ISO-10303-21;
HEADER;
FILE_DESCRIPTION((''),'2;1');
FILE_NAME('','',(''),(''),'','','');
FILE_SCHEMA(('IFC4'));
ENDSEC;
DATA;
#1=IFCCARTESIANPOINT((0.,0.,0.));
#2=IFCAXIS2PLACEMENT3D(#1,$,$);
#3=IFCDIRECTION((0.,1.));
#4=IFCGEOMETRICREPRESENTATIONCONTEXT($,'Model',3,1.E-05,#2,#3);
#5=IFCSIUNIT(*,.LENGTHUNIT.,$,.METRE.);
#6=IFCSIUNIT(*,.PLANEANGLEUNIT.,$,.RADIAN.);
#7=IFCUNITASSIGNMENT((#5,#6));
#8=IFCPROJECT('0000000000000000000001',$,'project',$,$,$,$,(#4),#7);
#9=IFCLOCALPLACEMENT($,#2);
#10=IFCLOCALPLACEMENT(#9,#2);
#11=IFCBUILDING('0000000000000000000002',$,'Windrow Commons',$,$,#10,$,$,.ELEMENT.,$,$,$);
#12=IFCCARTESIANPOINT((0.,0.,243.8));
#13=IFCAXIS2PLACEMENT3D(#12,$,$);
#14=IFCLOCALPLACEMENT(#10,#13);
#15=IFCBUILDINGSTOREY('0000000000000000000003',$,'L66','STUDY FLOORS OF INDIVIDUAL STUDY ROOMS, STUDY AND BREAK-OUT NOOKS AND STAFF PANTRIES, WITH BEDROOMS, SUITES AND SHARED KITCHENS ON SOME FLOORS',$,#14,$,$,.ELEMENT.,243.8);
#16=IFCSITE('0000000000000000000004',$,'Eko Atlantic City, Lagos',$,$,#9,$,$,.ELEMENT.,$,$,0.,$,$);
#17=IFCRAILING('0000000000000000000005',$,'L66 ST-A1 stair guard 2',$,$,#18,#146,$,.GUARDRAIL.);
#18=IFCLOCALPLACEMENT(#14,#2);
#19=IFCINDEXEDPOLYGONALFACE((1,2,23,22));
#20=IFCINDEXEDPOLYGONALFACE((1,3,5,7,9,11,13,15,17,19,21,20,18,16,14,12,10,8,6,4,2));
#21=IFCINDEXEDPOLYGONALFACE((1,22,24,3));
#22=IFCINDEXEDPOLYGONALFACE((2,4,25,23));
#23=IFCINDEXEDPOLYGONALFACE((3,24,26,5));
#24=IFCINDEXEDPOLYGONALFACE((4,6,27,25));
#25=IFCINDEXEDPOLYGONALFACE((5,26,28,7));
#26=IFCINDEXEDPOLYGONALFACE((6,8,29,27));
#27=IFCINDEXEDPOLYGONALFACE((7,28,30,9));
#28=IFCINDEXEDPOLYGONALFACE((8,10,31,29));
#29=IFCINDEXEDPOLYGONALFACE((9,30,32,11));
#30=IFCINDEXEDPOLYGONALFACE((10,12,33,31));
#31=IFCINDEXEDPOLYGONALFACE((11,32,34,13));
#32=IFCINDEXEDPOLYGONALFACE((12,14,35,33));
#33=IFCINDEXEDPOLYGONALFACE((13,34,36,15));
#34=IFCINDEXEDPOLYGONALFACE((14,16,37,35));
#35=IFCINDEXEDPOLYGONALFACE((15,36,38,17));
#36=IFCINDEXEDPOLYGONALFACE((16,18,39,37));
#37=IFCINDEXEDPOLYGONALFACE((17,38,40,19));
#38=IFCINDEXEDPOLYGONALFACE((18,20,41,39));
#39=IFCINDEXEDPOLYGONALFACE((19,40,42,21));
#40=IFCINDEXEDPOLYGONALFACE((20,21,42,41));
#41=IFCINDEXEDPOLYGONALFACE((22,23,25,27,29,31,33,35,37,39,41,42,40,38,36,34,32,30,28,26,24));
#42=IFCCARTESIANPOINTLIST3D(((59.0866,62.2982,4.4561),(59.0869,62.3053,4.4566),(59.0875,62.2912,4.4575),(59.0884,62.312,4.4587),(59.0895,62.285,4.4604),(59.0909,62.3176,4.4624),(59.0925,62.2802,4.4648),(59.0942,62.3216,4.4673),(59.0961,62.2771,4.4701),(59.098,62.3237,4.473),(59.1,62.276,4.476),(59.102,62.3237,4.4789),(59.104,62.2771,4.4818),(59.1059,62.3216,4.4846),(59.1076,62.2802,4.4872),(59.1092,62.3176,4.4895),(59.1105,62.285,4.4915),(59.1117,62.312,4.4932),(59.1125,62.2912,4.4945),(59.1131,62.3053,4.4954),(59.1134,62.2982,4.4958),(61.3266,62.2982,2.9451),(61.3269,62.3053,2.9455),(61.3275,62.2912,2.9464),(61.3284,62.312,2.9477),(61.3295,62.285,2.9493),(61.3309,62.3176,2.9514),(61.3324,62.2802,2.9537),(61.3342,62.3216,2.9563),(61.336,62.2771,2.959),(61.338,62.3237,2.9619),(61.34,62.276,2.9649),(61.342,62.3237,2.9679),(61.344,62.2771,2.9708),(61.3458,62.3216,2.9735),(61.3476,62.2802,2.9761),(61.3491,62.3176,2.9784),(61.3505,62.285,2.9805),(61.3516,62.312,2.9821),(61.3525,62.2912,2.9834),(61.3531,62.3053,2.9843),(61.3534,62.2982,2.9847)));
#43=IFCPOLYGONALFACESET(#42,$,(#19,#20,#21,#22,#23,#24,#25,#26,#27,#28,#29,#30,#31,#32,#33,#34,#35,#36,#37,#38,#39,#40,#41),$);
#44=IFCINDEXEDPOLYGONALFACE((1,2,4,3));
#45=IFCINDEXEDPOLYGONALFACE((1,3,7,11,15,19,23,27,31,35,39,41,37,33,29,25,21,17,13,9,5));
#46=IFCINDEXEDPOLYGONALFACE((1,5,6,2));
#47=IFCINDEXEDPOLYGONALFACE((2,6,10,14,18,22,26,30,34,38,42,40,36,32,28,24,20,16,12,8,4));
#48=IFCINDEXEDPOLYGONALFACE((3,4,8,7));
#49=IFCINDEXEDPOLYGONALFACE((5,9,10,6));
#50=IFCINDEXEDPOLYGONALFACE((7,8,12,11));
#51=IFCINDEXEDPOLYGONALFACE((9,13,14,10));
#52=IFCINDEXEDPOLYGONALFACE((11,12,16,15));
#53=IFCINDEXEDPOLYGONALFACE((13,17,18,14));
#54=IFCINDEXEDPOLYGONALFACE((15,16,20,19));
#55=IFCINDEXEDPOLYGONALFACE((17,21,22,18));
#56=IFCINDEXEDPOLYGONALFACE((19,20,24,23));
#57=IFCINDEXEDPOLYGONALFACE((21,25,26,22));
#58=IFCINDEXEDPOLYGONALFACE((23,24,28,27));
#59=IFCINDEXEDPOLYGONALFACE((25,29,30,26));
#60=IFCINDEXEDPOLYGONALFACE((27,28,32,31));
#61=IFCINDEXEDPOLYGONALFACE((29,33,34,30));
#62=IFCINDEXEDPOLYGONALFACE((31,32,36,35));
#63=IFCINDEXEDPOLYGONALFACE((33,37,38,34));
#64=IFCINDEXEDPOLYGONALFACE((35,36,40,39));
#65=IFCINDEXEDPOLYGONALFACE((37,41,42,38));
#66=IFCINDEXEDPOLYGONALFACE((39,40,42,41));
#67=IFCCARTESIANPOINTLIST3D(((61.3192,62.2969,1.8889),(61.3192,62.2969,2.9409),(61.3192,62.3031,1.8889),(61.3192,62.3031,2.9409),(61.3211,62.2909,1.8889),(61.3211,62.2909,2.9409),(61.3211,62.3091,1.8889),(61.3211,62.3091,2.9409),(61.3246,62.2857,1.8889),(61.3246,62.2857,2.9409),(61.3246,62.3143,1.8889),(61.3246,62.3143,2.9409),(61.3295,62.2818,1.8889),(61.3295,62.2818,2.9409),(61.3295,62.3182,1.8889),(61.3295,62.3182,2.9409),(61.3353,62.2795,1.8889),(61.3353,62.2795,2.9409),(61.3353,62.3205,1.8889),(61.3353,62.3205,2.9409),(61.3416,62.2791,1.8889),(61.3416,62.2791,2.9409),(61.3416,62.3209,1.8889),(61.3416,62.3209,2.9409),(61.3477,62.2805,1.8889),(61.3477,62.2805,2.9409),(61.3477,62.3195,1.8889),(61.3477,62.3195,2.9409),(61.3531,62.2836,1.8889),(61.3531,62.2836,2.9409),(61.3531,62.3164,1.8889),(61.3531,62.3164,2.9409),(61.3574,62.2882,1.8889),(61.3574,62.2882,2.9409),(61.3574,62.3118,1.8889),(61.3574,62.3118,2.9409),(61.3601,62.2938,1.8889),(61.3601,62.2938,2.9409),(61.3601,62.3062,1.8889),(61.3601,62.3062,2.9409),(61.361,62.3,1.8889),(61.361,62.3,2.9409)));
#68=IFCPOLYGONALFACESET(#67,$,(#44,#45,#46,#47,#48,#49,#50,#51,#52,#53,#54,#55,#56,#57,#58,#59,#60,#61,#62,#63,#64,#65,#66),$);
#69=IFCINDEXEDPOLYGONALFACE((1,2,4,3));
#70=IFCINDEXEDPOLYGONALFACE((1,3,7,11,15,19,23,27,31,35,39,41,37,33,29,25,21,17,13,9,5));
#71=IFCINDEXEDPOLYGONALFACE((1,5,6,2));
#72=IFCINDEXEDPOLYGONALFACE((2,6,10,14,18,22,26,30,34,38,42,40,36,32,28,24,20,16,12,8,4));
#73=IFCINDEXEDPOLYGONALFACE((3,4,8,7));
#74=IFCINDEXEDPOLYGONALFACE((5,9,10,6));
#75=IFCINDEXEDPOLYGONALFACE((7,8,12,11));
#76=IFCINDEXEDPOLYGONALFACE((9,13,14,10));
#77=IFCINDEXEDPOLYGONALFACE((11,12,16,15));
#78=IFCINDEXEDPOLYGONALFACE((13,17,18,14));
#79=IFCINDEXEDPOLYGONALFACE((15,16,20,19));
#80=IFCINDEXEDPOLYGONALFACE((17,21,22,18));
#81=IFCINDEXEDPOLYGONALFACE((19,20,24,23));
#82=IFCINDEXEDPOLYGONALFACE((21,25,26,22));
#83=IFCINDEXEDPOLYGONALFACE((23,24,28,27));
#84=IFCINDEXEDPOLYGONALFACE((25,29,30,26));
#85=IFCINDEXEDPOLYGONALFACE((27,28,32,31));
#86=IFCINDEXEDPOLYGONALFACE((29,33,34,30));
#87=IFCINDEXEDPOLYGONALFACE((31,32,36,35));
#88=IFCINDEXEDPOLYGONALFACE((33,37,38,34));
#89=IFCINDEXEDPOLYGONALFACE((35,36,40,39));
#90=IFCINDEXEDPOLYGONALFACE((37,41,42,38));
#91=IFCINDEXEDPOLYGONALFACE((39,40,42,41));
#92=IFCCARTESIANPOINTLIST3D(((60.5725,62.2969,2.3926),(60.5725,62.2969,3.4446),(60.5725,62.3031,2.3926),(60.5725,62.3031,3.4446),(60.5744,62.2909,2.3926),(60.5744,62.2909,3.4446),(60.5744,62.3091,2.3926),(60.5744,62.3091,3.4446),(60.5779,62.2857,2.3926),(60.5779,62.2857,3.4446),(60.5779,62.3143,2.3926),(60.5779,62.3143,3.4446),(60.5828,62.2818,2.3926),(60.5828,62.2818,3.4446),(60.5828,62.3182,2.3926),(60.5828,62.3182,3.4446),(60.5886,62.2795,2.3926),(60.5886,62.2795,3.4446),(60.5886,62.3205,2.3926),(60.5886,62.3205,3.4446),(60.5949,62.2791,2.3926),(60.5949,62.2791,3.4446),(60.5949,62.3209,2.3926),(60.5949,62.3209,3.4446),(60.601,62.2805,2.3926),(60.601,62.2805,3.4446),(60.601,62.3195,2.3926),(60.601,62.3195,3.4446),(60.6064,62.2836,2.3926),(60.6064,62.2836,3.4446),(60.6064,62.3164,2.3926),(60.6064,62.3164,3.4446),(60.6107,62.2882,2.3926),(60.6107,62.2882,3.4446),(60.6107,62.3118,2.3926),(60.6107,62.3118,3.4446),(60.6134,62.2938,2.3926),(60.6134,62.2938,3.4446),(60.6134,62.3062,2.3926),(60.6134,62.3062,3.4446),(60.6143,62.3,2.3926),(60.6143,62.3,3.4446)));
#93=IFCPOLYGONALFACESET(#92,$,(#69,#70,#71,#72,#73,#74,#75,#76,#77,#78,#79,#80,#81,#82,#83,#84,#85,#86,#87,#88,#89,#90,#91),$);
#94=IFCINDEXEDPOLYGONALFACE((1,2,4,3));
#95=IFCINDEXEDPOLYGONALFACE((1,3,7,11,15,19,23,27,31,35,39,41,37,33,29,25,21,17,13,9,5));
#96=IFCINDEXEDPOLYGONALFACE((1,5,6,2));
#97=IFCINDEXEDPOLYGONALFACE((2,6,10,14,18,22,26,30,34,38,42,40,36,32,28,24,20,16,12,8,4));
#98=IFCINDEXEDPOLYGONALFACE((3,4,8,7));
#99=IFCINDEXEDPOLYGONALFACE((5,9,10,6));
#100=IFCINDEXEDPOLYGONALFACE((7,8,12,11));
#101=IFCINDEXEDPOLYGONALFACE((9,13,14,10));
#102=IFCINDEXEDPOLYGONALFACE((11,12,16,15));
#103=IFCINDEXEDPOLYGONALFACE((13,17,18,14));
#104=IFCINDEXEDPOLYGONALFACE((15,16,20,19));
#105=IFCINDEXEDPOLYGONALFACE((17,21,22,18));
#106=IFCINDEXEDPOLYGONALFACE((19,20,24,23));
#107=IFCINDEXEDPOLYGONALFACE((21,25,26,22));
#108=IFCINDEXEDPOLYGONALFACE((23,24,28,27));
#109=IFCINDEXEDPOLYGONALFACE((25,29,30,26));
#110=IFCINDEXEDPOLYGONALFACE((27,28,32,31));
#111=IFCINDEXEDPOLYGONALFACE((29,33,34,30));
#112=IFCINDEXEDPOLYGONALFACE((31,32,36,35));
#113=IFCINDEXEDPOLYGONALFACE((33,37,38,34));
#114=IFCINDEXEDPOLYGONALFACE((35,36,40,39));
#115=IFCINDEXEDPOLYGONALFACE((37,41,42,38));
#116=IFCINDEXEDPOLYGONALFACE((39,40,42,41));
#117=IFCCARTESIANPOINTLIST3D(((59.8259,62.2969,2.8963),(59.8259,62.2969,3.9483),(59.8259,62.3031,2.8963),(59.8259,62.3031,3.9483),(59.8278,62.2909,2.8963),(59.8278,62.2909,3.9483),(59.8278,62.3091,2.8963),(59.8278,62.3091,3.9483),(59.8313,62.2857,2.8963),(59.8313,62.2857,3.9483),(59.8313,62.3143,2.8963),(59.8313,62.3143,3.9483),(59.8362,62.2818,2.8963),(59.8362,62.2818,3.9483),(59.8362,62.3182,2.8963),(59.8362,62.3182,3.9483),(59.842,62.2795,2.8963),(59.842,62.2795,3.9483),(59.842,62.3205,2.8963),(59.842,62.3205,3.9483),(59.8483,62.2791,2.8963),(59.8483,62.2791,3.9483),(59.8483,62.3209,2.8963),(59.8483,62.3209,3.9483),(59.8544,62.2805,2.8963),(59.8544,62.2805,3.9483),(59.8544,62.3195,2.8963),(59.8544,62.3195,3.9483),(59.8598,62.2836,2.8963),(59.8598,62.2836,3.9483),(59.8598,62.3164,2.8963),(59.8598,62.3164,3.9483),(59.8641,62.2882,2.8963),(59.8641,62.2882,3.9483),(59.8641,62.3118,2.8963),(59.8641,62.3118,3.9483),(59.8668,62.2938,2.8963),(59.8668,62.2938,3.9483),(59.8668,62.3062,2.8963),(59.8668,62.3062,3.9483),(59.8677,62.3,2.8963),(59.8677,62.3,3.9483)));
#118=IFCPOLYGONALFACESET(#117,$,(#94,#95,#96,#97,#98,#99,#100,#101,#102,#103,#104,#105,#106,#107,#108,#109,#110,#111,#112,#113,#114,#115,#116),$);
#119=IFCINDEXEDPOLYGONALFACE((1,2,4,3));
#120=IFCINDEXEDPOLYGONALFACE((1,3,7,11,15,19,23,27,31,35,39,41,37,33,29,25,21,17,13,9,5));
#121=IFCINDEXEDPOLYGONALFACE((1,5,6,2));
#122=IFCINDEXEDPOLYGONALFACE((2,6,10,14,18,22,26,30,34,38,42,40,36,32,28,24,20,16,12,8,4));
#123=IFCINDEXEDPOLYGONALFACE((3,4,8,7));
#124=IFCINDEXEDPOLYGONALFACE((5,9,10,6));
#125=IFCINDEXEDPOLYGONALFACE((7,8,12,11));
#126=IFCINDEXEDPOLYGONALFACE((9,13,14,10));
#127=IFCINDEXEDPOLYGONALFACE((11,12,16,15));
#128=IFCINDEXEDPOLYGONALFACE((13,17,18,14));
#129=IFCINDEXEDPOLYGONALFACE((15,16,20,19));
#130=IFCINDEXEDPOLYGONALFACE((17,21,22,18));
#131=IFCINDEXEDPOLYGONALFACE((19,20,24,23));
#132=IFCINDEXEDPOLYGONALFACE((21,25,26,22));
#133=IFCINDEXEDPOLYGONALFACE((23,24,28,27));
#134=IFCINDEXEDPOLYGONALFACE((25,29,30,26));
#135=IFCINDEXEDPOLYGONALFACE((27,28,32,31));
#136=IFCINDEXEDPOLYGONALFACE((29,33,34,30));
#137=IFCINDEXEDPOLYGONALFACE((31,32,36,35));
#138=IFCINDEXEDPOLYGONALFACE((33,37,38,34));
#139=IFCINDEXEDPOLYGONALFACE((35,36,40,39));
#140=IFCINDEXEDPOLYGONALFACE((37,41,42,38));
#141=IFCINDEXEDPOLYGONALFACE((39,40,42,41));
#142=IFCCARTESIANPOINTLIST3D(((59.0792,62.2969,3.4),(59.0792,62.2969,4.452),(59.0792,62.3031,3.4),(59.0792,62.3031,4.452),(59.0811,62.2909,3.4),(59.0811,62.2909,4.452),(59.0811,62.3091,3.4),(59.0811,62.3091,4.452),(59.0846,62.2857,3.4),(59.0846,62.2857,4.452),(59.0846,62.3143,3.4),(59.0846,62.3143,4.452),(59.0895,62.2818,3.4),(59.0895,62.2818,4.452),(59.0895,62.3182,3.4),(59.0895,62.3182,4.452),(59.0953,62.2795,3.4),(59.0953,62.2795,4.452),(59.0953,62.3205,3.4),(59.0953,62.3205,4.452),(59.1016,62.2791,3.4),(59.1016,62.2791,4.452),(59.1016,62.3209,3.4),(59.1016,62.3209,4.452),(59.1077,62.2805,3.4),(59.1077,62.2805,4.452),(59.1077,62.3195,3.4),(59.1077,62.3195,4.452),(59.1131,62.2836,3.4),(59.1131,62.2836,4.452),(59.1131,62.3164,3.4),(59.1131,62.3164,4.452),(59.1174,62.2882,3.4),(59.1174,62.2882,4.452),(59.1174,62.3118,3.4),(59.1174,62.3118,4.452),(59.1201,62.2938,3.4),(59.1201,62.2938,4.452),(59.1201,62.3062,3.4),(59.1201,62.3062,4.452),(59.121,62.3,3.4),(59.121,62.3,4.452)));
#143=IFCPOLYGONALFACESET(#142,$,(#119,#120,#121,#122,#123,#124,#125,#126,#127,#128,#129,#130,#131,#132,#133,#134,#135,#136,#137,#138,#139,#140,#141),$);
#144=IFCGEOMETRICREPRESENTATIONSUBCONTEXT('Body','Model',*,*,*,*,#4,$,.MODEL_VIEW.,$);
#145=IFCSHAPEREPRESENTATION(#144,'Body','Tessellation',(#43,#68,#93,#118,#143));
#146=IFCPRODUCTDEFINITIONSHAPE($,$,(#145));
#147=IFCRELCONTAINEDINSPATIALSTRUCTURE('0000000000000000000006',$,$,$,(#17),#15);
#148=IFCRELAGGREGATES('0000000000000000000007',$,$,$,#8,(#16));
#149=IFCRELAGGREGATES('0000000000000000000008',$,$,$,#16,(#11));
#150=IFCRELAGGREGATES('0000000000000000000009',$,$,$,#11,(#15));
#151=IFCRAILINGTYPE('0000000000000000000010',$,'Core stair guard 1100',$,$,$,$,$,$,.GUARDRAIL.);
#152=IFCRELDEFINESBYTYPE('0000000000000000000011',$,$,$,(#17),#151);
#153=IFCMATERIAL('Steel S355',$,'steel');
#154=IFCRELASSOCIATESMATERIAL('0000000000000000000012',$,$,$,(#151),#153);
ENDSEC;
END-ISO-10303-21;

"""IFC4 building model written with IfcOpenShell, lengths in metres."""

from ifc_helpers import new_model, si_unit, direction, frame, origin, origin_2d, place, context, subcontext, project, spatial, circle, extrude, material, type_object, element, save


model = new_model("IFC4")

# Units and contexts
model_context = context("Model", 3, precision=1e-05, world=origin(), true_north=direction((0.0, 1.0)))
body_context = subcontext(model_context, "Body", "Model", "MODEL_VIEW")
ifc_project = project(units=[si_unit("LENGTHUNIT", "METRE"), si_unit("PLANEANGLEUNIT", "RADIAN")], contexts=[model_context])

# Site, building, storey
site_placement = place(None, origin())
site = spatial("IfcSite", under=ifc_project, at=site_placement, Name="Eko Atlantic City, Lagos", CompositionType="ELEMENT", RefElevation=0.0)
building_placement = place(site_placement, origin())
building = spatial("IfcBuilding", under=site, at=building_placement, Name="Windrow Commons", CompositionType="ELEMENT")
storey_placement = place(building_placement, frame((0.0, 0.0, 243.8)))
storey = spatial("IfcBuildingStorey", under=building, at=storey_placement, Name="L66", Description="STUDY FLOORS OF INDIVIDUAL STUDY ROOMS, STUDY AND BREAK-OUT NOOKS AND STAFF PANTRIES, WITH BEDROOMS, SUITES AND SHARED KITCHENS ON SOME FLOORS", CompositionType="ELEMENT", Elevation=243.8)

# Railing
ifc_material_1 = material(Name="Steel S355", Category="steel")
railing_type_1 = type_object("IfcRailingType", Name="Core stair guard 1100", PredefinedType="GUARDRAIL", material=ifc_material_1)
railing_1_placement = place(storey_placement, frame((61.34, 62.3, 1.8889)))
element("IfcRailing", 1, at=railing_1_placement, inside=storey, type_object=railing_type_1, Name="L66 ST-A1 stair guard 2", PredefinedType="GUARDRAIL", context=body_context, shape_type="SweptSolid", body=[
    extrude(circle(Radius=0.024, at=origin_2d()), frame((0.0, 0.0, 1.076), z_axis=(-0.829003, 0.0, 0.559244), x_axis=(0.0, -1.0, 0.0)), (0.0, 0.0, 1.0), 2.702),
    extrude(circle(Radius=0.021, at=origin_2d()), origin(), (0.0, 0.0, 1.0), 1.052),
    extrude(circle(Radius=0.021, at=origin_2d()), frame((-0.7467, 0.0, 0.5037)), (0.0, 0.0, 1.0), 1.052),
    extrude(circle(Radius=0.021, at=origin_2d()), frame((-1.4933, 0.0, 1.0074)), (0.0, 0.0, 1.0), 1.052),
    extrude(circle(Radius=0.021, at=origin_2d()), frame((-2.24, 0.0, 1.5111)), (0.0, 0.0, 1.0), 1.052),
])

save(model, "model.ifc")
